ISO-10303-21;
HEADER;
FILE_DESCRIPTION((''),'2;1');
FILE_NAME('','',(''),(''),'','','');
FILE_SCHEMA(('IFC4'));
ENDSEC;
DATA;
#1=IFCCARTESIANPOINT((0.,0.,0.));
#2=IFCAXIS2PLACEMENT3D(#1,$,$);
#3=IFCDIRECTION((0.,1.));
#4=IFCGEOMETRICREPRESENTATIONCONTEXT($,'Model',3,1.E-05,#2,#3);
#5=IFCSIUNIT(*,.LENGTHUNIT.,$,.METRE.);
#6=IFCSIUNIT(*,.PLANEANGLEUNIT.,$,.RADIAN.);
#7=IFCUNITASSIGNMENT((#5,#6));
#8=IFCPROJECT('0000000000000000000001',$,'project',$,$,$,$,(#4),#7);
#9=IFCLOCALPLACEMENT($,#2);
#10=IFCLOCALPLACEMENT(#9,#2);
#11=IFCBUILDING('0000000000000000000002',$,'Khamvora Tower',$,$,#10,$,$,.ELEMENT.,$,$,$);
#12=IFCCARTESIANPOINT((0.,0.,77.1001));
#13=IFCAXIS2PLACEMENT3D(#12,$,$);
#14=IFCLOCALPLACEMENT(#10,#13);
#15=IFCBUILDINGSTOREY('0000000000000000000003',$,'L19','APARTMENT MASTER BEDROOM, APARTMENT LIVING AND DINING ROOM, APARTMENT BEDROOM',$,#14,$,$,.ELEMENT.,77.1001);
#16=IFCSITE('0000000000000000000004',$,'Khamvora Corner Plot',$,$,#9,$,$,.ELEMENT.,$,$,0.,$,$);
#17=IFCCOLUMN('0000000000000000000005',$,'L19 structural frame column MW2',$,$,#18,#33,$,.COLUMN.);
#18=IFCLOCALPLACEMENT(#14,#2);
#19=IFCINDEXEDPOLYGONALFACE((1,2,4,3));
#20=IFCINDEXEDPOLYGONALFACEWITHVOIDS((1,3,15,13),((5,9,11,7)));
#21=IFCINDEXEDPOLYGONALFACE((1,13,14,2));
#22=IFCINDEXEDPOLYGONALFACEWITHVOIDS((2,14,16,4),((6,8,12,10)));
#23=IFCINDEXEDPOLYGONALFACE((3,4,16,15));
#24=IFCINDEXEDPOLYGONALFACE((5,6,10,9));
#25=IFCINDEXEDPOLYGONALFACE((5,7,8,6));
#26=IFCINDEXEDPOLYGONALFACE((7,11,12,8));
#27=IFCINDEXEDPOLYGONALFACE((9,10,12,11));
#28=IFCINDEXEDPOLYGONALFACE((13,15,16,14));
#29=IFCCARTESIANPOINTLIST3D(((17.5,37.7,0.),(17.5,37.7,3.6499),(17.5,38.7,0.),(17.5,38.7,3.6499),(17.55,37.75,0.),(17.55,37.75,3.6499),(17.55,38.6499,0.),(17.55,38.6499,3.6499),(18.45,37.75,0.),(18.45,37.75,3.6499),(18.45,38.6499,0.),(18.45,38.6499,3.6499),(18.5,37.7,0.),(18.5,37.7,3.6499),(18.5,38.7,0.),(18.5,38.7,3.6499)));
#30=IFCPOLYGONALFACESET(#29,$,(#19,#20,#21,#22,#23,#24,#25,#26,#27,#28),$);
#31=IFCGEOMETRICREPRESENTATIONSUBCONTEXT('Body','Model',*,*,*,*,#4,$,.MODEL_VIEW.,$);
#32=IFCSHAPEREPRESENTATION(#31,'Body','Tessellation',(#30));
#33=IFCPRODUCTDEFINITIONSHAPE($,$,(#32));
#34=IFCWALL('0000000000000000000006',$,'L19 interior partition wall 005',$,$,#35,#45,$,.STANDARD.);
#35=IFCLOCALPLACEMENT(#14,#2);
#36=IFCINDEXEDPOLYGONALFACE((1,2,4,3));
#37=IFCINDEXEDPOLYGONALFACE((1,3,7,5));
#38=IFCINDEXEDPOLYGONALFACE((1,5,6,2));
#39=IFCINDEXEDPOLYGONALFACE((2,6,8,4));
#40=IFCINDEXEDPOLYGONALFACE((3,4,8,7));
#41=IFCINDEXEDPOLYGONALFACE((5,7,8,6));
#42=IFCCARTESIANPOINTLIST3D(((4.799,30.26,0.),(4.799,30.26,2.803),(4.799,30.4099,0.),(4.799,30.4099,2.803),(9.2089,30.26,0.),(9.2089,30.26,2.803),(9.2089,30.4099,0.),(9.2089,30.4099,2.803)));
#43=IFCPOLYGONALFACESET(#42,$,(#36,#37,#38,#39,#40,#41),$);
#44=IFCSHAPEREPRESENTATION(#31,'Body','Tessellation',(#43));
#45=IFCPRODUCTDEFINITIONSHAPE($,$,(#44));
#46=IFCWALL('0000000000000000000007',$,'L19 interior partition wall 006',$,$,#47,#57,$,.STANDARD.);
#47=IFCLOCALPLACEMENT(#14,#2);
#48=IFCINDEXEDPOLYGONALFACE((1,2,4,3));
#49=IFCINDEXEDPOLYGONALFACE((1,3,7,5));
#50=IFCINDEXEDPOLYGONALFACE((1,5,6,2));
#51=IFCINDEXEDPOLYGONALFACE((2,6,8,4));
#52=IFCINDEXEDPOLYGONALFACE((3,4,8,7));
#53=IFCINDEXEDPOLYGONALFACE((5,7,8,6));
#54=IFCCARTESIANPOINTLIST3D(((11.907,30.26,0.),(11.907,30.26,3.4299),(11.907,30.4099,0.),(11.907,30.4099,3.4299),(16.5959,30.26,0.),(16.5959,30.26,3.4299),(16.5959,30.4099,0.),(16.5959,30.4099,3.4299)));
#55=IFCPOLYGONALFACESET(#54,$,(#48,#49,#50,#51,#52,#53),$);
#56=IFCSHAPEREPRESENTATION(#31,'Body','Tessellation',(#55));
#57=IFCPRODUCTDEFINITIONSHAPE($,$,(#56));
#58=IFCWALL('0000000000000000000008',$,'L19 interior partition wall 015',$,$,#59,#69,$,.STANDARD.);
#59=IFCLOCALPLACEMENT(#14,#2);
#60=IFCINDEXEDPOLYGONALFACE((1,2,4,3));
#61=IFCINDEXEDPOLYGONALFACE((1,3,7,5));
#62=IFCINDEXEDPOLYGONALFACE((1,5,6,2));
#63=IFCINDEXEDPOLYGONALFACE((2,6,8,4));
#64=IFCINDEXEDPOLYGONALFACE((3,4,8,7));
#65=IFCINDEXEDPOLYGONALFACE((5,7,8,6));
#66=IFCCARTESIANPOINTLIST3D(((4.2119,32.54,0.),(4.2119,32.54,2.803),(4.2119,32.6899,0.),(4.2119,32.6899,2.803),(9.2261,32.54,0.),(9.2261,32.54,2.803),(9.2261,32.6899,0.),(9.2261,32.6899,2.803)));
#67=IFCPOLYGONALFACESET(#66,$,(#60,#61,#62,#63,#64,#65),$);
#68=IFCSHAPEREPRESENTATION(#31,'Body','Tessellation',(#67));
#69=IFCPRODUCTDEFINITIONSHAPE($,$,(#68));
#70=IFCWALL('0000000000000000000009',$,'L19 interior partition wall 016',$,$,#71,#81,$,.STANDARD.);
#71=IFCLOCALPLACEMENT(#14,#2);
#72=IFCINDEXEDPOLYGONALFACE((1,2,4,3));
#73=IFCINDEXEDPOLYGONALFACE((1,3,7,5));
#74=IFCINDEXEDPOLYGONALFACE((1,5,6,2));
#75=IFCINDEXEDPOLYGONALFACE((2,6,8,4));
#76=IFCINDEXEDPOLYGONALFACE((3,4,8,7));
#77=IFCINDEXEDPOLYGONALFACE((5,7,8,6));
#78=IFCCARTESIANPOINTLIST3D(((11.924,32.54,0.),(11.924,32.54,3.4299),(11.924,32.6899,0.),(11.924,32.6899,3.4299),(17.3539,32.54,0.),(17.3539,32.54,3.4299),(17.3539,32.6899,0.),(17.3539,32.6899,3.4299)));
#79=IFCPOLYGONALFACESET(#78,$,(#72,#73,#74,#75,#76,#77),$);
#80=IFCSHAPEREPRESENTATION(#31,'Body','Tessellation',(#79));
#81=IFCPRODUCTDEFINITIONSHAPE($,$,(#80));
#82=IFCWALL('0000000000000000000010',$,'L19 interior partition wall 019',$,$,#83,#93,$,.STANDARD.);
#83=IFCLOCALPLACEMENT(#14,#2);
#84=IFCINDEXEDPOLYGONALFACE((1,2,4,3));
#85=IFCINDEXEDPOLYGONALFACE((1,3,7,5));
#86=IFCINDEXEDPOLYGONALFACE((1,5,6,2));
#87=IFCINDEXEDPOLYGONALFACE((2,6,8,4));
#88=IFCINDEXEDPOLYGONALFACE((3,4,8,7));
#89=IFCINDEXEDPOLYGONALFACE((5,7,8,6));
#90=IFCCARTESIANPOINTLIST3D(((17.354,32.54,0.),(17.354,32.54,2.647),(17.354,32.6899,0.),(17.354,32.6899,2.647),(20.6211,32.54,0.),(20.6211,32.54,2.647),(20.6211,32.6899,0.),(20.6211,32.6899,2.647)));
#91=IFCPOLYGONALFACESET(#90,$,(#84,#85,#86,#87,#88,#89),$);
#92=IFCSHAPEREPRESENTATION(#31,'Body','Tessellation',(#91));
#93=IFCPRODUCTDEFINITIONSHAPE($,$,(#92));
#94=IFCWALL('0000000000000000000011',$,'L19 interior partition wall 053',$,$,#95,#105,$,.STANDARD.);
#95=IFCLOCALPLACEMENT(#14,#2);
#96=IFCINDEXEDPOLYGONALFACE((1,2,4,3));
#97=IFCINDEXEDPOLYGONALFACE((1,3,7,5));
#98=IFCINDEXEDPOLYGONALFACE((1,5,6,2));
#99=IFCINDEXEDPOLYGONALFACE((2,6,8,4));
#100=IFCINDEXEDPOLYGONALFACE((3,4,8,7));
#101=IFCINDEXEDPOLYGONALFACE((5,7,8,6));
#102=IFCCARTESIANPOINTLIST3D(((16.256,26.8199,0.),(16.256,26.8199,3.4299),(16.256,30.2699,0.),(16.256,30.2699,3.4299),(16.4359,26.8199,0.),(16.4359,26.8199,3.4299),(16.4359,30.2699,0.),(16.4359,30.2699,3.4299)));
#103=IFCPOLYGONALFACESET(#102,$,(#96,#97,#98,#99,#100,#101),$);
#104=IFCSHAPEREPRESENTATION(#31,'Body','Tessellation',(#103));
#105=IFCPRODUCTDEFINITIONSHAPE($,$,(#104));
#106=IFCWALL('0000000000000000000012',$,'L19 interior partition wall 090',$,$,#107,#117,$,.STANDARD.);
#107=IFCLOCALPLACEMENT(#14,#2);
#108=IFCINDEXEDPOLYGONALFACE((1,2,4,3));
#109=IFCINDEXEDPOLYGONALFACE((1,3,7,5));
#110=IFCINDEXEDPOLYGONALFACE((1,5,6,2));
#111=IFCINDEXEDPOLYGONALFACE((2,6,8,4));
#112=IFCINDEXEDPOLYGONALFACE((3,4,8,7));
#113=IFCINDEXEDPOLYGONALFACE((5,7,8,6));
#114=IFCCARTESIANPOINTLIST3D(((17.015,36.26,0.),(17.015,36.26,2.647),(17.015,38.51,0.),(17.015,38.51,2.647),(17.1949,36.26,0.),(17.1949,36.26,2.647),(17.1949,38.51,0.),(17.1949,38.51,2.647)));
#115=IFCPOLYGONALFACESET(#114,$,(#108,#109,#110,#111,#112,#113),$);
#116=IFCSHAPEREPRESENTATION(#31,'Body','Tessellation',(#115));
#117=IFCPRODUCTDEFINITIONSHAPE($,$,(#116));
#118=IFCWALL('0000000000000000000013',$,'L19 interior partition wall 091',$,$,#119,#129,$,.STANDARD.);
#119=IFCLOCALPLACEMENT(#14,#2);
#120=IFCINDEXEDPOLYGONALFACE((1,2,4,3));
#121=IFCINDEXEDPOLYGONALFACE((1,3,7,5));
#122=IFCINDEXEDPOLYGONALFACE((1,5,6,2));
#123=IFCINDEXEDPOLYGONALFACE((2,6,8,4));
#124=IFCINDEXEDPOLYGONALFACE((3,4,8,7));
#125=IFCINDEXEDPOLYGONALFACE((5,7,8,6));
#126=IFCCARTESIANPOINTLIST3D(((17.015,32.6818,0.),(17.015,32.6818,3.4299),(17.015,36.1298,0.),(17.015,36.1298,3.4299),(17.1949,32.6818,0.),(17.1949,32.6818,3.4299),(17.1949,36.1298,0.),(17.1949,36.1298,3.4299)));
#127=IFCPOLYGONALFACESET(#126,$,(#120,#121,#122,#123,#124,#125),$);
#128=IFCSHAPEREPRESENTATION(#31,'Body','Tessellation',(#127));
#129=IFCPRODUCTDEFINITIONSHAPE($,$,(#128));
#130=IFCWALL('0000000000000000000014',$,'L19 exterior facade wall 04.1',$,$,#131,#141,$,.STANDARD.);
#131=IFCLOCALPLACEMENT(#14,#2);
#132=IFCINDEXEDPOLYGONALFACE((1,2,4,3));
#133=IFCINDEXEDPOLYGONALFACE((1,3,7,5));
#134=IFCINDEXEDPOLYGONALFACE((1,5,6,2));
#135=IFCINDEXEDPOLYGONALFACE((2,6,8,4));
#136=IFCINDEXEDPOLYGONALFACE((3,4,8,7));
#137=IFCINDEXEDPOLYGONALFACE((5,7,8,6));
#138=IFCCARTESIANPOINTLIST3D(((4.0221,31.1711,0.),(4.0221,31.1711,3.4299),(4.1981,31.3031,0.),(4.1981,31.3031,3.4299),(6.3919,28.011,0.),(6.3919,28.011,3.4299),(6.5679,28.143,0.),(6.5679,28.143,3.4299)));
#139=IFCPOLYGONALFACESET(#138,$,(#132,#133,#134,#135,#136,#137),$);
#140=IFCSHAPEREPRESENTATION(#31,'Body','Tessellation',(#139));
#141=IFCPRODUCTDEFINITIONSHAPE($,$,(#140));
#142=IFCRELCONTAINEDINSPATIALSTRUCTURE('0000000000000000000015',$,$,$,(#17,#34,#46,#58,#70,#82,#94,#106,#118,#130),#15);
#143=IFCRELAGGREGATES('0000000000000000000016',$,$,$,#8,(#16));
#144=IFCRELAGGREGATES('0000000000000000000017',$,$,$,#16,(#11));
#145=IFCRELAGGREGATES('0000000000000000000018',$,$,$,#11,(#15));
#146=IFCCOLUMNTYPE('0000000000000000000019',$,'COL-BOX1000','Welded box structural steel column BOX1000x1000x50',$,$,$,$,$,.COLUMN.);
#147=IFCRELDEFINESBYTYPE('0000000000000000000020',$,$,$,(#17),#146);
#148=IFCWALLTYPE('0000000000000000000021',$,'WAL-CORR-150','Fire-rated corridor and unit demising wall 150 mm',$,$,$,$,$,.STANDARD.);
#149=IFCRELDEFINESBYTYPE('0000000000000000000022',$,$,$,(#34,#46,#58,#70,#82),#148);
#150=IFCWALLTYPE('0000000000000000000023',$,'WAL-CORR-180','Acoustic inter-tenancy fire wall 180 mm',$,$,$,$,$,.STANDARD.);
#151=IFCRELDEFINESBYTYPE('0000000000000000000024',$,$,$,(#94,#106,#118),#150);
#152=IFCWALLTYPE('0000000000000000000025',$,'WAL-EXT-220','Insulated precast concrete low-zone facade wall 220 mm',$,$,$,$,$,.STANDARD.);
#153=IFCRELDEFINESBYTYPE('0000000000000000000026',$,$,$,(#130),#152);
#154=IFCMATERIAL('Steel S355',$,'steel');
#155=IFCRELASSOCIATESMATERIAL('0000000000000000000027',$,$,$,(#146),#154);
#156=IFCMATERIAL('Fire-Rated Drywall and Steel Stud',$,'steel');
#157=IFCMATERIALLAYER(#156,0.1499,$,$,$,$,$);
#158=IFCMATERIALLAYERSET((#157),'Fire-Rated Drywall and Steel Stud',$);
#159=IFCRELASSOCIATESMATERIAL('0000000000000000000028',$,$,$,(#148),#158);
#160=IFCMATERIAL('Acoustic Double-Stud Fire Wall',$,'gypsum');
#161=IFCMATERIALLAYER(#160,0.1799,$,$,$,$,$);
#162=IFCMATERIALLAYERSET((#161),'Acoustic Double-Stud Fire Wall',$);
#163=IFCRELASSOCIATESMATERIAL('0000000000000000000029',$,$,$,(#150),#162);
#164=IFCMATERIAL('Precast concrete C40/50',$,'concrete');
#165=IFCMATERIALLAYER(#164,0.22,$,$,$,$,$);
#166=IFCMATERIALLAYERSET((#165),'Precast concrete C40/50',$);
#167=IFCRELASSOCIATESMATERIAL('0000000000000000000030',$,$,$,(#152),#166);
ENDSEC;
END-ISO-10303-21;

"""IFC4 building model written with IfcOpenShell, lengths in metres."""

from ifc_helpers import new_model, si_unit, direction, frame, frame_2d, origin, origin_2d, place, context, subcontext, project, spatial, rectangle, hollow_rectangle, extrude, material, layer, layer_set, material_profile, profile_set, type_object, element, save


model = new_model("IFC4")

# Units and contexts
model_context = context("Model", 3, precision=1e-05, world=origin(), true_north=direction((0.0, 1.0)))
body_context = subcontext(model_context, "Body", "Model", "MODEL_VIEW")
ifc_project = project(units=[si_unit("LENGTHUNIT", "METRE"), si_unit("PLANEANGLEUNIT", "RADIAN")], contexts=[model_context])

# Site, building, storey
site_placement = place(None, origin())
site = spatial("IfcSite", under=ifc_project, at=site_placement, Name="Khamvora Corner Plot", CompositionType="ELEMENT", RefElevation=0.0)
building_placement = place(site_placement, origin())
building = spatial("IfcBuilding", under=site, at=building_placement, Name="Khamvora Tower", CompositionType="ELEMENT")
storey_placement = place(building_placement, frame((0.0, 0.0, 77.1001)))
storey = spatial("IfcBuildingStorey", under=building, at=storey_placement, Name="L19", Description="APARTMENT MASTER BEDROOM, APARTMENT LIVING AND DINING ROOM, APARTMENT BEDROOM", CompositionType="ELEMENT", Elevation=77.1001)

# Column
ifc_material_1 = material(Name="Steel S355", Category="steel")
ifc_material_profile = material_profile(ifc_material_1, hollow_rectangle(XDim=1.0, YDim=1.0, WallThickness=0.05, at=origin_2d()), Name="BOX1000x1000x50")
ifc_profile_set = profile_set([ifc_material_profile], Name="Steel S355")
column_type = type_object("IfcColumnType", Name="COL-BOX1000", Description="Welded box structural steel column BOX1000x1000x50", PredefinedType="COLUMN", material=ifc_profile_set)
column_placement = place(storey_placement, frame((18.0, 38.2, 0.0), z_axis=(0.0, 0.0, 1.0), x_axis=(1.0, 0.0, 0.0)))
element("IfcColumn", 1, at=column_placement, inside=storey, type_object=column_type, Name="L19 structural frame column MW2", PredefinedType="COLUMN", context=body_context, shape_type="SweptSolid", body=[
    extrude(hollow_rectangle(XDim=1.0, YDim=1.0, WallThickness=0.05, at=origin_2d()), origin(), (0.0, 0.0, 1.0), 3.6499),
])

# Shared definitions
ifc_material_2 = material(Name="Fire-Rated Drywall and Steel Stud", Category="steel")
ifc_layer_1 = layer(ifc_material_2, 0.1499)
ifc_layer_set_1 = layer_set([ifc_layer_1], Name="Fire-Rated Drywall and Steel Stud")
wall_type_1 = type_object("IfcWallType", Name="WAL-CORR-150", Description="Fire-rated corridor and unit demising wall 150 mm", PredefinedType="STANDARD", material=ifc_layer_set_1)

# Walls
wall_1_placement = place(storey_placement, frame((9.209, 30.335, 0.0), z_axis=(0.0, 0.0, 1.0), x_axis=(-1.0, 0.0, 0.0)))
element("IfcWall", 2, at=wall_1_placement, inside=storey, type_object=wall_type_1, Name="L19 interior partition wall 005", PredefinedType="STANDARD", context=body_context, shape_type="SweptSolid", body=[
    extrude(rectangle(XDim=4.4099, YDim=0.1499, at=frame_2d((2.2051, 0.0))), origin(), (0.0, 0.0, 1.0), 2.803),
])
wall_2_placement = place(storey_placement, frame((16.5959, 30.335, 0.0), z_axis=(0.0, 0.0, 1.0), x_axis=(-1.0, 0.0, 0.0)))
element("IfcWall", 3, at=wall_2_placement, inside=storey, type_object=wall_type_1, Name="L19 interior partition wall 006", PredefinedType="STANDARD", context=body_context, shape_type="SweptSolid", body=[
    extrude(rectangle(XDim=4.689, YDim=0.1499, at=frame_2d((2.3445, 0.0))), origin(), (0.0, 0.0, 1.0), 3.4299),
])

# Walls
wall_3_placement = place(storey_placement, frame((4.2119, 32.615, 0.0), z_axis=(0.0, 0.0, 1.0), x_axis=(1.0, 0.0, 0.0)))
element("IfcWall", 4, at=wall_3_placement, inside=storey, type_object=wall_type_1, Name="L19 interior partition wall 015", PredefinedType="STANDARD", context=body_context, shape_type="SweptSolid", body=[
    extrude(rectangle(XDim=5.0142, YDim=0.1499, at=frame_2d((2.5071, 0.0))), origin(), (0.0, 0.0, 1.0), 2.803),
])
wall_4_placement = place(storey_placement, frame((11.9241, 32.615, 0.0), z_axis=(0.0, 0.0, 1.0), x_axis=(1.0, 0.0, 0.0)))
element("IfcWall", 5, at=wall_4_placement, inside=storey, type_object=wall_type_1, Name="L19 interior partition wall 016", PredefinedType="STANDARD", context=body_context, shape_type="SweptSolid", body=[
    extrude(rectangle(XDim=5.4299, YDim=0.1499, at=frame_2d((2.7148, 0.0))), origin(), (0.0, 0.0, 1.0), 3.4299),
])
wall_5_placement = place(storey_placement, frame((17.354, 32.615, 0.0), z_axis=(0.0, 0.0, 1.0), x_axis=(1.0, 0.0, 0.0)))
element("IfcWall", 6, at=wall_5_placement, inside=storey, type_object=wall_type_1, Name="L19 interior partition wall 019", PredefinedType="STANDARD", context=body_context, shape_type="SweptSolid", body=[
    extrude(rectangle(XDim=3.2671, YDim=0.1499, at=frame_2d((1.6335, 0.0))), origin(), (0.0, 0.0, 1.0), 2.647),
])
ifc_material_3 = material(Name="Acoustic Double-Stud Fire Wall", Category="gypsum")
ifc_layer_2 = layer(ifc_material_3, 0.1799)
ifc_layer_set_2 = layer_set([ifc_layer_2], Name="Acoustic Double-Stud Fire Wall")
wall_type_2 = type_object("IfcWallType", Name="WAL-CORR-180", Description="Acoustic inter-tenancy fire wall 180 mm", PredefinedType="STANDARD", material=ifc_layer_set_2)
wall_6_placement = place(storey_placement, frame((16.3459, 30.27, 0.0), z_axis=(0.0, 0.0, 1.0), x_axis=(0.0, -1.0, 0.0)))
element("IfcWall", 7, at=wall_6_placement, inside=storey, type_object=wall_type_2, Name="L19 interior partition wall 053", PredefinedType="STANDARD", context=body_context, shape_type="SweptSolid", body=[
    extrude(rectangle(XDim=3.45, YDim=0.1799, at=frame_2d((1.7251, 0.0))), origin(), (0.0, 0.0, 1.0), 3.4299),
])
wall_7_placement = place(storey_placement, frame((17.105, 38.51, 0.0), z_axis=(0.0, 0.0, 1.0), x_axis=(0.0, -1.0, 0.0)))
element("IfcWall", 8, at=wall_7_placement, inside=storey, type_object=wall_type_2, Name="L19 interior partition wall 090", PredefinedType="STANDARD", context=body_context, shape_type="SweptSolid", body=[
    extrude(rectangle(XDim=2.25, YDim=0.1799, at=frame_2d((1.125, 0.0))), origin(), (0.0, 0.0, 1.0), 2.647),
])
wall_8_placement = place(storey_placement, frame((17.105, 36.1299, 0.0), z_axis=(0.0, 0.0, 1.0), x_axis=(0.0, -1.0, 0.0)))
element("IfcWall", 9, at=wall_8_placement, inside=storey, type_object=wall_type_2, Name="L19 interior partition wall 091", PredefinedType="STANDARD", context=body_context, shape_type="SweptSolid", body=[
    extrude(rectangle(XDim=3.448, YDim=0.1799, at=frame_2d((1.7241, 0.0))), origin(), (0.0, 0.0, 1.0), 3.4299),
])
ifc_material_4 = material(Name="Precast concrete C40/50", Category="concrete")
ifc_layer_3 = layer(ifc_material_4, 0.22)
ifc_layer_set_3 = layer_set([ifc_layer_3], Name="Precast concrete C40/50")
wall_type_3 = type_object("IfcWallType", Name="WAL-EXT-220", Description="Insulated precast concrete low-zone facade wall 220 mm", PredefinedType="STANDARD", material=ifc_layer_set_3)
wall_9_placement = place(storey_placement, frame((6.48, 28.0769, 0.0), z_axis=(0.0, 0.0, 1.0), x_axis=(-0.59996, 0.80003, 0.0)))
element("IfcWall", 10, at=wall_9_placement, inside=storey, type_object=wall_type_3, Name="L19 exterior facade wall 04.1", PredefinedType="STANDARD", context=body_context, shape_type="SweptSolid", body=[
    extrude(rectangle(XDim=3.95, YDim=0.22, at=frame_2d((1.9751, 0.0))), origin(), (0.0, 0.0, 1.0), 3.4299),
])

save(model, "model.ifc")
